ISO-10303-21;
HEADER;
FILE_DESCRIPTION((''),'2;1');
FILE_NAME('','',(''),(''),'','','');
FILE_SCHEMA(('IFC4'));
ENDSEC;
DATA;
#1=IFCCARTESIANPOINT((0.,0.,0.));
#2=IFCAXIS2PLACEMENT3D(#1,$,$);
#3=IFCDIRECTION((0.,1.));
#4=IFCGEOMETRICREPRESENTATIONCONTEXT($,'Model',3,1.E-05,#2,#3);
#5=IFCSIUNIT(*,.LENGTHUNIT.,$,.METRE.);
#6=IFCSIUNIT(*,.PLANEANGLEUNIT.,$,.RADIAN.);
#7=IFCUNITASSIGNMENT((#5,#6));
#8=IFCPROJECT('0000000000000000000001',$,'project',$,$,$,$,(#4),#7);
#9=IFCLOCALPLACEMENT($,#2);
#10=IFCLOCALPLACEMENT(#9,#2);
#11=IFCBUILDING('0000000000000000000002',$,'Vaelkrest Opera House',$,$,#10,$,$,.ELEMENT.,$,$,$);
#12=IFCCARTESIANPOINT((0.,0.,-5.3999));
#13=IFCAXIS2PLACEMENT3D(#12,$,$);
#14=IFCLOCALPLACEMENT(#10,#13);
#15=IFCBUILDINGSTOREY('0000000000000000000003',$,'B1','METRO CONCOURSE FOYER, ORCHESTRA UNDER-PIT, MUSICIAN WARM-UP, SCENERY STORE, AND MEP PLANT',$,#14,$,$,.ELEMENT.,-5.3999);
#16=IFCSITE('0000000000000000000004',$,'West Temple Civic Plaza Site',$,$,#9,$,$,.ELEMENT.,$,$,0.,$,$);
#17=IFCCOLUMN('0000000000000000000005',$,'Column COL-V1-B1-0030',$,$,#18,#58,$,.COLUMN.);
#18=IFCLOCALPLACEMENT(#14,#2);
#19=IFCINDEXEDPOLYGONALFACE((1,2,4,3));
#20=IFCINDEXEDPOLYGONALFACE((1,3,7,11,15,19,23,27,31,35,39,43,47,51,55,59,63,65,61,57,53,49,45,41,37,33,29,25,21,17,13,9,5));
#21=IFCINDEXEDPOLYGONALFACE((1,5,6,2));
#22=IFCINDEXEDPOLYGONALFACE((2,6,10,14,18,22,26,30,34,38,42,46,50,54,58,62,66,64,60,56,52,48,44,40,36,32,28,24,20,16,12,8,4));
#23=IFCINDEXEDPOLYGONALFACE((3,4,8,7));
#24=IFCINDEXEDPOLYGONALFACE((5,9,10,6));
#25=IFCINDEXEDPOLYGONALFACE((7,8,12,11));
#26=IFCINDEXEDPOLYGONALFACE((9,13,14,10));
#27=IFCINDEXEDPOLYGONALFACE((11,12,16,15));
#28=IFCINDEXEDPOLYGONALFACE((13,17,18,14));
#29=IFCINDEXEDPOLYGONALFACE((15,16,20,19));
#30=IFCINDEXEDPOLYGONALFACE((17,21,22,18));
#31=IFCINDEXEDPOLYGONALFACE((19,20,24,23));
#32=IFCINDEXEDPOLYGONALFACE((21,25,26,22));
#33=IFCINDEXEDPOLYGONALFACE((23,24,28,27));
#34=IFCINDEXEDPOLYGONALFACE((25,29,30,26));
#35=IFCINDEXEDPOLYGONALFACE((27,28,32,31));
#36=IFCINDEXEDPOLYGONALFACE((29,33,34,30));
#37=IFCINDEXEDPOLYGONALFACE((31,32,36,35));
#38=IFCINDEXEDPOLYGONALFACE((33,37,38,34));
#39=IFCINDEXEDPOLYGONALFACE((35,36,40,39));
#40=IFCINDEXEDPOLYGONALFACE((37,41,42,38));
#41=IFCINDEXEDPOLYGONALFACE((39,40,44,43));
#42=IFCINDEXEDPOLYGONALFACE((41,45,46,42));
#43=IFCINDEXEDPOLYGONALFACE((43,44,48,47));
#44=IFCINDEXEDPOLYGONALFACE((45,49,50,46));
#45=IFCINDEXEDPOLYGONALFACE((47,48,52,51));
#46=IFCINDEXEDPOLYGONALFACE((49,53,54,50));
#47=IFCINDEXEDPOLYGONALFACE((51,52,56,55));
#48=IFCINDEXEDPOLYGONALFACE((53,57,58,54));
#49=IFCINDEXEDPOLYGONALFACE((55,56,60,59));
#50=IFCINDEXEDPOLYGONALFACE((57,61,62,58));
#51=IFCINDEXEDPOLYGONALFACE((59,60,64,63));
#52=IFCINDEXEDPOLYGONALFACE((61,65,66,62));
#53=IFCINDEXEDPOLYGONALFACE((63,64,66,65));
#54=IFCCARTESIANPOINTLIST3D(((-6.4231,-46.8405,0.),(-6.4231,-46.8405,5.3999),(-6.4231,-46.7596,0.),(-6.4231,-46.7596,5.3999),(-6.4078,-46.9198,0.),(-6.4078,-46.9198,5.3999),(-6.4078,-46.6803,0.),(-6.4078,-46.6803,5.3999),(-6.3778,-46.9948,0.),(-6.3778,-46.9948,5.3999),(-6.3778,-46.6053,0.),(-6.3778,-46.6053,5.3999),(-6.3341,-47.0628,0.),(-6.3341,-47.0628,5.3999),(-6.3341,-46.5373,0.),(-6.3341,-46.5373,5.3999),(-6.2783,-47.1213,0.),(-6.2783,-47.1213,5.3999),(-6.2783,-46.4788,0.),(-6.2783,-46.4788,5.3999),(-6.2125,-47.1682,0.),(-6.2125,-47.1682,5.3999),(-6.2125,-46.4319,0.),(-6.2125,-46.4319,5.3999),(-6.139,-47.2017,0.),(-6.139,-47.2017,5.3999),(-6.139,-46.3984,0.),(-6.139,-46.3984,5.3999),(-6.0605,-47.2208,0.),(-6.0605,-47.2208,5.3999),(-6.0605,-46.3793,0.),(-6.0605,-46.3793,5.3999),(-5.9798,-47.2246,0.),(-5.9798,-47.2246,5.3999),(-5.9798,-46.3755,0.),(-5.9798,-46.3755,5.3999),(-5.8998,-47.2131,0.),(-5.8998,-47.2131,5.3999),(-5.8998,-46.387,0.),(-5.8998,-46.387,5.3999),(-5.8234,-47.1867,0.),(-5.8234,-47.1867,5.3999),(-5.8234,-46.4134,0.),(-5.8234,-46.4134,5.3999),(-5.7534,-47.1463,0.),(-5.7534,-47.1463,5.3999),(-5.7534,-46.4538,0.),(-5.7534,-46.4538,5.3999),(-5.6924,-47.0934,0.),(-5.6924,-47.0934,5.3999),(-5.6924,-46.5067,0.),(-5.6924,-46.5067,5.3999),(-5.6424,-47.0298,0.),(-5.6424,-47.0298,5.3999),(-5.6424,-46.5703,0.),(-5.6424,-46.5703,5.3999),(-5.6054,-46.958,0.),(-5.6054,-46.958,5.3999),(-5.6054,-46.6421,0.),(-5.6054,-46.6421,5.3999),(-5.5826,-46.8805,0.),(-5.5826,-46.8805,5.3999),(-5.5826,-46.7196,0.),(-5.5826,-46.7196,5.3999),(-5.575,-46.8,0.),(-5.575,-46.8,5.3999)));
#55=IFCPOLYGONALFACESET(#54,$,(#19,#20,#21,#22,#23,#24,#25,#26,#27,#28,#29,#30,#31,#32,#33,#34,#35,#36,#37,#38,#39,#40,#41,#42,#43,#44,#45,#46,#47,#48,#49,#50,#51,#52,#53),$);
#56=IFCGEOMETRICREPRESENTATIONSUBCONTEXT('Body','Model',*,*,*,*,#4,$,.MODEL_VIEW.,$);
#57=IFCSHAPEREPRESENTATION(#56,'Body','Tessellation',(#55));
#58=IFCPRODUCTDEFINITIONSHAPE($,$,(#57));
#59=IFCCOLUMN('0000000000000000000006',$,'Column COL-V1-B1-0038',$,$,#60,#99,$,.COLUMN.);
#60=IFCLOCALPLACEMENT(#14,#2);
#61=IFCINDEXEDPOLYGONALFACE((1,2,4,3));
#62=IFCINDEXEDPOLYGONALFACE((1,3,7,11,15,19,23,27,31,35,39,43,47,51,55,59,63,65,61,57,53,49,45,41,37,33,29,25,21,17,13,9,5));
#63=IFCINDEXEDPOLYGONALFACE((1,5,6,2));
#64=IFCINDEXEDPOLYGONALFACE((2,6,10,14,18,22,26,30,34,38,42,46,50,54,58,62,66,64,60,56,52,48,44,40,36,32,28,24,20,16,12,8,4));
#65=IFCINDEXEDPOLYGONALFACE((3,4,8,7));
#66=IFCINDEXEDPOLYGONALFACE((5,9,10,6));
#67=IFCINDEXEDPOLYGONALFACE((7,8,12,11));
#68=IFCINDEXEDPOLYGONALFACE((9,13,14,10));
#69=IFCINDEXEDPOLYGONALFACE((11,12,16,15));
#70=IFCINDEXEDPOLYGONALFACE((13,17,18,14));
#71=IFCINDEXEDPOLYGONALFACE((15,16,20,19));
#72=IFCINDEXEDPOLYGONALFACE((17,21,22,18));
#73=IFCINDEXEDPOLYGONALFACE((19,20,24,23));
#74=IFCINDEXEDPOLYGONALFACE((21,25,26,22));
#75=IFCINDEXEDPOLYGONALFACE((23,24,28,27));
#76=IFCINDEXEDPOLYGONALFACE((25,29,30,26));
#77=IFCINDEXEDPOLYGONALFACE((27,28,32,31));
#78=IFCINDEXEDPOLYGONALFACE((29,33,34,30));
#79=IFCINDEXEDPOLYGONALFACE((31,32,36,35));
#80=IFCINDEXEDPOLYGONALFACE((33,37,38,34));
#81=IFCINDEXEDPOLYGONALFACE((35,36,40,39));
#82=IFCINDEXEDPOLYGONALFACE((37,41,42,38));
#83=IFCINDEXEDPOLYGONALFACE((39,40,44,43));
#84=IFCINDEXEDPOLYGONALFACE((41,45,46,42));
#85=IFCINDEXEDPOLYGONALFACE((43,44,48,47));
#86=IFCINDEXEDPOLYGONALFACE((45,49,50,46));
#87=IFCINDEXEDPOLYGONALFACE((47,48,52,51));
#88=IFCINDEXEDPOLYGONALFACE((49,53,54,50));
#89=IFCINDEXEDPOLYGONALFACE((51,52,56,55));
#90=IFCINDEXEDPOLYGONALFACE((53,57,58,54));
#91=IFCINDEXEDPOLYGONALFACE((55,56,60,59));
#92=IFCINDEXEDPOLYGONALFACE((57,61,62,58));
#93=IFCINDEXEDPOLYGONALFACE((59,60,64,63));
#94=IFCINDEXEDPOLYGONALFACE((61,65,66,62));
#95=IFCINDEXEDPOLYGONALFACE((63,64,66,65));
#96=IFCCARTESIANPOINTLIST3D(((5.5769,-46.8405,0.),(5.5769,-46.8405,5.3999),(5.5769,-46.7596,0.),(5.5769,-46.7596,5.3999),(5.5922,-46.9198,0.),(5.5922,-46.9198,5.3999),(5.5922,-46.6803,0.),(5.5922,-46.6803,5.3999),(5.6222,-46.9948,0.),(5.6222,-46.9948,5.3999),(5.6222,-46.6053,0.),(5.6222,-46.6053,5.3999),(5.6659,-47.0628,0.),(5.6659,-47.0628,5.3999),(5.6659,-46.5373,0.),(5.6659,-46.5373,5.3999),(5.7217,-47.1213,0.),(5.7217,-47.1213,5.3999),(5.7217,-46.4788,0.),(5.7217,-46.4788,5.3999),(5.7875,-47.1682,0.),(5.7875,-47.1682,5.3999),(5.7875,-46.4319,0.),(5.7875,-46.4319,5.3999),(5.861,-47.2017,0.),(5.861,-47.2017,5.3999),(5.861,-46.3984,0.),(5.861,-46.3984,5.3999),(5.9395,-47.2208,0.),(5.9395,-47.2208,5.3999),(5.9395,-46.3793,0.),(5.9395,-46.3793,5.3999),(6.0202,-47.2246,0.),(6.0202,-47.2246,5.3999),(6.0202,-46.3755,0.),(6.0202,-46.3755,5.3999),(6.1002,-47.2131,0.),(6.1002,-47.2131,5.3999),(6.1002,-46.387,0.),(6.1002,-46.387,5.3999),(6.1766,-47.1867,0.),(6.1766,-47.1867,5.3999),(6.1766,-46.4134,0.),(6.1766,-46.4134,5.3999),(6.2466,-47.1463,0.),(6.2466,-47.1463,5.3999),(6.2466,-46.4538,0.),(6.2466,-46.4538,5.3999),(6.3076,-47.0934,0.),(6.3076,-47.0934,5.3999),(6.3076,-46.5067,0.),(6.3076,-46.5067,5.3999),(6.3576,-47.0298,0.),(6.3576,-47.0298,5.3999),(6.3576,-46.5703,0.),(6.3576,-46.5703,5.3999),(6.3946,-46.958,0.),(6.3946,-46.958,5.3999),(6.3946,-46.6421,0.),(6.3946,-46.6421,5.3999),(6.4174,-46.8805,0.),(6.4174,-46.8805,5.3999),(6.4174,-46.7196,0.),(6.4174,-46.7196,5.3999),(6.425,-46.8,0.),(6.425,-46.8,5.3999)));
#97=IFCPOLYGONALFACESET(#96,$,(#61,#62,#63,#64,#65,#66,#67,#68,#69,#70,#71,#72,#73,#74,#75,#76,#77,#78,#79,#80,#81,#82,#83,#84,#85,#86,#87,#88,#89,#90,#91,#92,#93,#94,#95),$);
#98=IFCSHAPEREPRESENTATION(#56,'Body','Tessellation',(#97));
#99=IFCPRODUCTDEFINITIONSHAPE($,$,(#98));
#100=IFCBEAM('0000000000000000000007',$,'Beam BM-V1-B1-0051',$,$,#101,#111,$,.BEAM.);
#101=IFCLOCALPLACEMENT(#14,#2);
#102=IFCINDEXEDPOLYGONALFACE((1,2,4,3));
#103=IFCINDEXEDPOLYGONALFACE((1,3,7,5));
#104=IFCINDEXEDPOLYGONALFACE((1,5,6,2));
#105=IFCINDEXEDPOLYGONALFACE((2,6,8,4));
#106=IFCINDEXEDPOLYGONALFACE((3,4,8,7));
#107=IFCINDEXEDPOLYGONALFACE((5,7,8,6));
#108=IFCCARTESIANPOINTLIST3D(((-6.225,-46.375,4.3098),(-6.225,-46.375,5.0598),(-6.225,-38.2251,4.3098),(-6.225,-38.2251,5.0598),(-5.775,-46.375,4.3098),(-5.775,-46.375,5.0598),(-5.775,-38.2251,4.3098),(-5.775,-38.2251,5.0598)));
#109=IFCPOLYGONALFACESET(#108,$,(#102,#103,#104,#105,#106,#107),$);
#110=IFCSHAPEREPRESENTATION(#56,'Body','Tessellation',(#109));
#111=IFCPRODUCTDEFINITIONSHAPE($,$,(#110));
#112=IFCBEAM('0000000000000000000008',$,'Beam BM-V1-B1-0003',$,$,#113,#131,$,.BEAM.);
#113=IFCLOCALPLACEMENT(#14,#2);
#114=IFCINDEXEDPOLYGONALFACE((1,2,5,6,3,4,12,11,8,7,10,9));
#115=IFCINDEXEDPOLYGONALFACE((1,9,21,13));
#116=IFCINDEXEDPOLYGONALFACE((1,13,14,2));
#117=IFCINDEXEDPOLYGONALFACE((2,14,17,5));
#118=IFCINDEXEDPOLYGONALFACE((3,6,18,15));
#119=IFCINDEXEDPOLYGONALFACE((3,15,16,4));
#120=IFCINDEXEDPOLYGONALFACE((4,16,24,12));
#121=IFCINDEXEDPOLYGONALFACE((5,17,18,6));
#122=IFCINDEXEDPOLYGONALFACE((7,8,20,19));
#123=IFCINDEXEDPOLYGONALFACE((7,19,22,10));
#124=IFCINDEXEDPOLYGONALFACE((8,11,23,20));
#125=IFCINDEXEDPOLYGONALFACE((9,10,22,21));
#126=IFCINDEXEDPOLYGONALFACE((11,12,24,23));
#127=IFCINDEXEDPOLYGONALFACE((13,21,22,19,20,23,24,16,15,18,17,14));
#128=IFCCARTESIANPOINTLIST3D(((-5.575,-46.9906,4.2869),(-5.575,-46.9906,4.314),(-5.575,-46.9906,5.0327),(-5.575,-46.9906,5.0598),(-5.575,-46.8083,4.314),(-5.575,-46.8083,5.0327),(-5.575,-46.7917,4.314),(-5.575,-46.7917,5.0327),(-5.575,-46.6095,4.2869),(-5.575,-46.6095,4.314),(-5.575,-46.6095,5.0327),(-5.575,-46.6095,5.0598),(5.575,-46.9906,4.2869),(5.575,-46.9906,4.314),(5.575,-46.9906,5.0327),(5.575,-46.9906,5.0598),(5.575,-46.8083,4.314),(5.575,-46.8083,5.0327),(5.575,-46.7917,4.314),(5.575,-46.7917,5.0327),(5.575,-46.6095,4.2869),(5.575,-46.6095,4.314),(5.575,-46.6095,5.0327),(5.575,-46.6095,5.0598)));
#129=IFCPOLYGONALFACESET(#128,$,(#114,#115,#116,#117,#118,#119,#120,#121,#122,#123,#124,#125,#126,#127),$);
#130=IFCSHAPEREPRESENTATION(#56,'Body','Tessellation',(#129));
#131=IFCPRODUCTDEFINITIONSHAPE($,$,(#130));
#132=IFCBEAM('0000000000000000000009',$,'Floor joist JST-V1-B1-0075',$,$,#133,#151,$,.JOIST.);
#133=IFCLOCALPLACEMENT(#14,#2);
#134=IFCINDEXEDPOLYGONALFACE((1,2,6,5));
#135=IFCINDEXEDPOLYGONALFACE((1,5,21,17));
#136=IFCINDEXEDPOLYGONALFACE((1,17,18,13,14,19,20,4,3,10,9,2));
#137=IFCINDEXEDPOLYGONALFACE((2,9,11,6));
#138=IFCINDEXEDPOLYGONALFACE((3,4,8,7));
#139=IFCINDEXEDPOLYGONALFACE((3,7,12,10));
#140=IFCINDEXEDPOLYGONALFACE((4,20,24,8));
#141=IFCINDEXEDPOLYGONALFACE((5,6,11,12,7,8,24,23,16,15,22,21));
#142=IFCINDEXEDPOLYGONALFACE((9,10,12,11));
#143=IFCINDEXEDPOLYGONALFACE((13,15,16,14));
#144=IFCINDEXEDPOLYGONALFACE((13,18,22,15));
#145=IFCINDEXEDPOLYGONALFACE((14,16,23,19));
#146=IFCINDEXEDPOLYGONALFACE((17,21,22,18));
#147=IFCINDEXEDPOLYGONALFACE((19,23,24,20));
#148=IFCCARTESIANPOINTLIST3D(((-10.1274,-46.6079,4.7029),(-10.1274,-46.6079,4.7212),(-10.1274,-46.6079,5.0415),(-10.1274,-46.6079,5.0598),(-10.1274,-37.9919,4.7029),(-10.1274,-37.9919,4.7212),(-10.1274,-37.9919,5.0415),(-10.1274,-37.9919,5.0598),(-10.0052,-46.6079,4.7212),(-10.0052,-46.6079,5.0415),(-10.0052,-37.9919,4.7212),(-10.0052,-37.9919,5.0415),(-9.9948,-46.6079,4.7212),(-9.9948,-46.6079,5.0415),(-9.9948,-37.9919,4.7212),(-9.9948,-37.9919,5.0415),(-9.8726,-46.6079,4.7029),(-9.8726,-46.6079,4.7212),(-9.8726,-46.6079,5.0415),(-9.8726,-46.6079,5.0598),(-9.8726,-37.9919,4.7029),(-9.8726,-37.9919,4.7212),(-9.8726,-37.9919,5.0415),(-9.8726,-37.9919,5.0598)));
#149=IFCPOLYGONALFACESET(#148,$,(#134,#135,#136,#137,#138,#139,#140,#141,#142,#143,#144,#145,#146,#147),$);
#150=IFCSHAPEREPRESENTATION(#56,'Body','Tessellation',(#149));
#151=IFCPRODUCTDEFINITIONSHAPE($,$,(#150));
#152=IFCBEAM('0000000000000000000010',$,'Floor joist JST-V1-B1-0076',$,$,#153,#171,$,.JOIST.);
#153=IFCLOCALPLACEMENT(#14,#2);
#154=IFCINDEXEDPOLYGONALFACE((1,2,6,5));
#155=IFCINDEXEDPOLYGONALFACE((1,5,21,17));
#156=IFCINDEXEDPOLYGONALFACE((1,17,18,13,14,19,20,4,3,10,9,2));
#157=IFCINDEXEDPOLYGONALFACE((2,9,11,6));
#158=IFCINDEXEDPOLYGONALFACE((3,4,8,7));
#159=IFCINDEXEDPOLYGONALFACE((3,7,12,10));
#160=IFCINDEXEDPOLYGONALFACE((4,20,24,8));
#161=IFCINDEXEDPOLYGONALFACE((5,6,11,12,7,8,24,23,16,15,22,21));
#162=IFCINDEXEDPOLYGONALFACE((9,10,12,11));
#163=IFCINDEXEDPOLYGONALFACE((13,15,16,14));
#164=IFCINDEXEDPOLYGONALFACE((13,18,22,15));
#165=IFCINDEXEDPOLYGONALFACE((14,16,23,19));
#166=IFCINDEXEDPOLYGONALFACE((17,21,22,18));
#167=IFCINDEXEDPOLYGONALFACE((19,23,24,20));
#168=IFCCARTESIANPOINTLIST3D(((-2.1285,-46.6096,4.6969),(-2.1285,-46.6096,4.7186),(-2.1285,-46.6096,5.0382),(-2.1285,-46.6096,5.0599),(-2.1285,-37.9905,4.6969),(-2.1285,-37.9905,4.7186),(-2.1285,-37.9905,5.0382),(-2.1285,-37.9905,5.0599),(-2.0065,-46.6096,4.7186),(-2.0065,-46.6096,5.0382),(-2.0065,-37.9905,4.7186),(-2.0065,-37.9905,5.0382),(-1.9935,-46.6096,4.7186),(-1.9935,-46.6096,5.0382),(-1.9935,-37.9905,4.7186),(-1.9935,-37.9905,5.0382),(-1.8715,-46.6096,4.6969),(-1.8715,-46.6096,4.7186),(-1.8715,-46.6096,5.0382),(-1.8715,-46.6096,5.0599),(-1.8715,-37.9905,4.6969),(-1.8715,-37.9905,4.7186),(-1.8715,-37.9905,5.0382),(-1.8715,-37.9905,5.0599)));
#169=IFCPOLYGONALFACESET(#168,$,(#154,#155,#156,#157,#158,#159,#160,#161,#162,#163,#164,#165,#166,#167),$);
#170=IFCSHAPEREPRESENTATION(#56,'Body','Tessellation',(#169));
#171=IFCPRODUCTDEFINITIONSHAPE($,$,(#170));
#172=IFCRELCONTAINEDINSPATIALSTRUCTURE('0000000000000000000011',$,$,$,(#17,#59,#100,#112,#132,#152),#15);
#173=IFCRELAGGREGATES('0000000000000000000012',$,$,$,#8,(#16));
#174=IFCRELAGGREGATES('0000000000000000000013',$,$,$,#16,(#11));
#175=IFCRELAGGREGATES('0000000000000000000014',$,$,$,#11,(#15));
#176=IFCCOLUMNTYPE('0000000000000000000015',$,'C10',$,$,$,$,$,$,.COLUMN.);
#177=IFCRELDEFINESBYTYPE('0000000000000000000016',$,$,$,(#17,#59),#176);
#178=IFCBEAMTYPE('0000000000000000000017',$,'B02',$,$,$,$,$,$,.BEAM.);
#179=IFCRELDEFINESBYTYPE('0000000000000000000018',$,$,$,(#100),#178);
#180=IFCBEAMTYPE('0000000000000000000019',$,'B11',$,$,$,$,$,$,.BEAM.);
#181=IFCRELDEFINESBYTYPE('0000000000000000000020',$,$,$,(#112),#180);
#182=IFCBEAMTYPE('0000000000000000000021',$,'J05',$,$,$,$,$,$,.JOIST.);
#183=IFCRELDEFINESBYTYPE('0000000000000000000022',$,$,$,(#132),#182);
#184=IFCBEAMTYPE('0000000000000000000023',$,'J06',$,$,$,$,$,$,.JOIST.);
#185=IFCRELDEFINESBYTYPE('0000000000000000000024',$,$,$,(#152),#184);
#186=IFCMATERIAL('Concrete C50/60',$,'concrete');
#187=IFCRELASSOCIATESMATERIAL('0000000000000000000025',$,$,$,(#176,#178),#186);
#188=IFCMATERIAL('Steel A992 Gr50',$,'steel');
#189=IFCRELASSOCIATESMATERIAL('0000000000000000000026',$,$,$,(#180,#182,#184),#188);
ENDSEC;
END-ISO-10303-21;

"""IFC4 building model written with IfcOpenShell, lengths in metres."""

from ifc_helpers import new_model, si_unit, direction, frame, origin, origin_2d, place, context, subcontext, project, spatial, rectangle, circle, i_section, extrude, material, material_profile, profile_set, type_object, element, save


model = new_model("IFC4")

# Units and contexts
model_context = context("Model", 3, precision=1e-05, world=origin(), true_north=direction((0.0, 1.0)))
body_context = subcontext(model_context, "Body", "Model", "MODEL_VIEW")
ifc_project = project(units=[si_unit("LENGTHUNIT", "METRE"), si_unit("PLANEANGLEUNIT", "RADIAN")], contexts=[model_context])

# Site, building, storey
site_placement = place(None, origin())
site = spatial("IfcSite", under=ifc_project, at=site_placement, Name="West Temple Civic Plaza Site", CompositionType="ELEMENT", RefElevation=0.0)
building_placement = place(site_placement, origin())
building = spatial("IfcBuilding", under=site, at=building_placement, Name="Vaelkrest Opera House", CompositionType="ELEMENT")
storey_placement = place(building_placement, frame((0.0, 0.0, -5.3999)))
storey = spatial("IfcBuildingStorey", under=building, at=storey_placement, Name="B1", Description="METRO CONCOURSE FOYER, ORCHESTRA UNDER-PIT, MUSICIAN WARM-UP, SCENERY STORE, AND MEP PLANT", CompositionType="ELEMENT", Elevation=-5.3999)

# Columns
ifc_material_1 = material(Name="Concrete C50/60", Category="concrete")
ifc_material_profile_1 = material_profile(ifc_material_1, circle(Radius=0.425, at=origin_2d()), Name="RCD850")
ifc_profile_set_1 = profile_set([ifc_material_profile_1], Name="Concrete C50/60")
column_type = type_object("IfcColumnType", Name="C10", PredefinedType="COLUMN", material=ifc_profile_set_1)
for number, where, z_axis, x_axis, name in (
    (1, (-6.0, -46.8, 0.0), (0.0, 0.0, 1.0), (1.0, 0.0, 0.0), "Column COL-V1-B1-0030"),
    (2, (6.0, -46.8, 0.0), (0.0, 0.0, 1.0), (1.0, 0.0, 0.0), "Column COL-V1-B1-0038"),
):
    element("IfcColumn", number, at=place(storey_placement, frame(where, z_axis=z_axis, x_axis=x_axis)), inside=storey, type_object=column_type, Name=name, PredefinedType="COLUMN", context=body_context, shape_type="SweptSolid", body=[
        extrude(circle(Radius=0.425, at=origin_2d()), origin(), (0.0, 0.0, 1.0), 5.3999),
    ])

# Beams
ifc_material_profile_2 = material_profile(ifc_material_1, rectangle(XDim=0.45, YDim=0.75, at=origin_2d()), Name="RCB450X750")
ifc_profile_set_2 = profile_set([ifc_material_profile_2], Name="Concrete C50/60")
beam_type_1 = type_object("IfcBeamType", Name="B02", PredefinedType="BEAM", material=ifc_profile_set_2)
beam_1_placement = place(storey_placement, frame((-6.0, -46.375, 4.6848), z_axis=(0.0, 1.0, 0.0), x_axis=(-1.0, 0.0, 0.0)))
element("IfcBeam", 3, at=beam_1_placement, inside=storey, type_object=beam_type_1, Name="Beam BM-V1-B1-0051", PredefinedType="BEAM", context=body_context, shape_type="SweptSolid", body=[
    extrude(rectangle(XDim=0.45, YDim=0.75, at=origin_2d()), origin(), (0.0, 0.0, 1.0), 8.1499),
])
ifc_material_2 = material(Name="Steel A992 Gr50", Category="steel")
ifc_material_profile_3 = material_profile(ifc_material_2, i_section(OverallWidth=0.3811, OverallDepth=0.7729, WebThickness=0.0166, FlangeThickness=0.0271, at=origin_2d()), Name="W30X173")
ifc_profile_set_3 = profile_set([ifc_material_profile_3], Name="Steel A992 Gr50")
beam_type_2 = type_object("IfcBeamType", Name="B11", PredefinedType="BEAM", material=ifc_profile_set_3)
beam_2_placement = place(storey_placement, frame((-5.575, -46.8, 4.6733), z_axis=(1.0, 0.0, 0.0), x_axis=(0.0, 1.0, 0.0)))
element("IfcBeam", 4, at=beam_2_placement, inside=storey, type_object=beam_type_2, Name="Beam BM-V1-B1-0003", PredefinedType="BEAM", context=body_context, shape_type="SweptSolid", body=[
    extrude(i_section(OverallWidth=0.3811, OverallDepth=0.7729, WebThickness=0.0166, FlangeThickness=0.0271, at=origin_2d()), origin(), (0.0, 0.0, 1.0), 11.1499),
])
ifc_material_profile_4 = material_profile(ifc_material_2, i_section(OverallWidth=0.2549, OverallDepth=0.3569, WebThickness=0.0105, FlangeThickness=0.0183, at=origin_2d()), Name="W14X68")
ifc_profile_set_4 = profile_set([ifc_material_profile_4], Name="Steel A992 Gr50")
beam_type_3 = type_object("IfcBeamType", Name="J05", PredefinedType="JOIST", material=ifc_profile_set_4)
beam_3_placement = place(storey_placement, frame((-10.0, -46.6079, 4.8813), z_axis=(0.0, 1.0, 0.0), x_axis=(-1.0, 0.0, 0.0)))
element("IfcBeam", 5, at=beam_3_placement, inside=storey, type_object=beam_type_3, Name="Floor joist JST-V1-B1-0075", PredefinedType="JOIST", context=body_context, shape_type="SweptSolid", body=[
    extrude(i_section(OverallWidth=0.2549, OverallDepth=0.3569, WebThickness=0.0105, FlangeThickness=0.0183, at=origin_2d()), origin(), (0.0, 0.0, 1.0), 8.616),
])
ifc_material_profile_5 = material_profile(ifc_material_2, i_section(OverallWidth=0.2571, OverallDepth=0.363, WebThickness=0.0129, FlangeThickness=0.0217, at=origin_2d()), Name="W14X82")
ifc_profile_set_5 = profile_set([ifc_material_profile_5], Name="Steel A992 Gr50")
beam_type_4 = type_object("IfcBeamType", Name="J06", PredefinedType="JOIST", material=ifc_profile_set_5)
beam_4_placement = place(storey_placement, frame((-2.0, -46.6096, 4.8784), z_axis=(0.0, 1.0, 0.0), x_axis=(-1.0, 0.0, 0.0)))
element("IfcBeam", 6, at=beam_4_placement, inside=storey, type_object=beam_type_4, Name="Floor joist JST-V1-B1-0076", PredefinedType="JOIST", context=body_context, shape_type="SweptSolid", body=[
    extrude(i_section(OverallWidth=0.2571, OverallDepth=0.363, WebThickness=0.0129, FlangeThickness=0.0217, at=origin_2d()), origin(), (0.0, 0.0, 1.0), 8.6191),
])

save(model, "model.ifc")
